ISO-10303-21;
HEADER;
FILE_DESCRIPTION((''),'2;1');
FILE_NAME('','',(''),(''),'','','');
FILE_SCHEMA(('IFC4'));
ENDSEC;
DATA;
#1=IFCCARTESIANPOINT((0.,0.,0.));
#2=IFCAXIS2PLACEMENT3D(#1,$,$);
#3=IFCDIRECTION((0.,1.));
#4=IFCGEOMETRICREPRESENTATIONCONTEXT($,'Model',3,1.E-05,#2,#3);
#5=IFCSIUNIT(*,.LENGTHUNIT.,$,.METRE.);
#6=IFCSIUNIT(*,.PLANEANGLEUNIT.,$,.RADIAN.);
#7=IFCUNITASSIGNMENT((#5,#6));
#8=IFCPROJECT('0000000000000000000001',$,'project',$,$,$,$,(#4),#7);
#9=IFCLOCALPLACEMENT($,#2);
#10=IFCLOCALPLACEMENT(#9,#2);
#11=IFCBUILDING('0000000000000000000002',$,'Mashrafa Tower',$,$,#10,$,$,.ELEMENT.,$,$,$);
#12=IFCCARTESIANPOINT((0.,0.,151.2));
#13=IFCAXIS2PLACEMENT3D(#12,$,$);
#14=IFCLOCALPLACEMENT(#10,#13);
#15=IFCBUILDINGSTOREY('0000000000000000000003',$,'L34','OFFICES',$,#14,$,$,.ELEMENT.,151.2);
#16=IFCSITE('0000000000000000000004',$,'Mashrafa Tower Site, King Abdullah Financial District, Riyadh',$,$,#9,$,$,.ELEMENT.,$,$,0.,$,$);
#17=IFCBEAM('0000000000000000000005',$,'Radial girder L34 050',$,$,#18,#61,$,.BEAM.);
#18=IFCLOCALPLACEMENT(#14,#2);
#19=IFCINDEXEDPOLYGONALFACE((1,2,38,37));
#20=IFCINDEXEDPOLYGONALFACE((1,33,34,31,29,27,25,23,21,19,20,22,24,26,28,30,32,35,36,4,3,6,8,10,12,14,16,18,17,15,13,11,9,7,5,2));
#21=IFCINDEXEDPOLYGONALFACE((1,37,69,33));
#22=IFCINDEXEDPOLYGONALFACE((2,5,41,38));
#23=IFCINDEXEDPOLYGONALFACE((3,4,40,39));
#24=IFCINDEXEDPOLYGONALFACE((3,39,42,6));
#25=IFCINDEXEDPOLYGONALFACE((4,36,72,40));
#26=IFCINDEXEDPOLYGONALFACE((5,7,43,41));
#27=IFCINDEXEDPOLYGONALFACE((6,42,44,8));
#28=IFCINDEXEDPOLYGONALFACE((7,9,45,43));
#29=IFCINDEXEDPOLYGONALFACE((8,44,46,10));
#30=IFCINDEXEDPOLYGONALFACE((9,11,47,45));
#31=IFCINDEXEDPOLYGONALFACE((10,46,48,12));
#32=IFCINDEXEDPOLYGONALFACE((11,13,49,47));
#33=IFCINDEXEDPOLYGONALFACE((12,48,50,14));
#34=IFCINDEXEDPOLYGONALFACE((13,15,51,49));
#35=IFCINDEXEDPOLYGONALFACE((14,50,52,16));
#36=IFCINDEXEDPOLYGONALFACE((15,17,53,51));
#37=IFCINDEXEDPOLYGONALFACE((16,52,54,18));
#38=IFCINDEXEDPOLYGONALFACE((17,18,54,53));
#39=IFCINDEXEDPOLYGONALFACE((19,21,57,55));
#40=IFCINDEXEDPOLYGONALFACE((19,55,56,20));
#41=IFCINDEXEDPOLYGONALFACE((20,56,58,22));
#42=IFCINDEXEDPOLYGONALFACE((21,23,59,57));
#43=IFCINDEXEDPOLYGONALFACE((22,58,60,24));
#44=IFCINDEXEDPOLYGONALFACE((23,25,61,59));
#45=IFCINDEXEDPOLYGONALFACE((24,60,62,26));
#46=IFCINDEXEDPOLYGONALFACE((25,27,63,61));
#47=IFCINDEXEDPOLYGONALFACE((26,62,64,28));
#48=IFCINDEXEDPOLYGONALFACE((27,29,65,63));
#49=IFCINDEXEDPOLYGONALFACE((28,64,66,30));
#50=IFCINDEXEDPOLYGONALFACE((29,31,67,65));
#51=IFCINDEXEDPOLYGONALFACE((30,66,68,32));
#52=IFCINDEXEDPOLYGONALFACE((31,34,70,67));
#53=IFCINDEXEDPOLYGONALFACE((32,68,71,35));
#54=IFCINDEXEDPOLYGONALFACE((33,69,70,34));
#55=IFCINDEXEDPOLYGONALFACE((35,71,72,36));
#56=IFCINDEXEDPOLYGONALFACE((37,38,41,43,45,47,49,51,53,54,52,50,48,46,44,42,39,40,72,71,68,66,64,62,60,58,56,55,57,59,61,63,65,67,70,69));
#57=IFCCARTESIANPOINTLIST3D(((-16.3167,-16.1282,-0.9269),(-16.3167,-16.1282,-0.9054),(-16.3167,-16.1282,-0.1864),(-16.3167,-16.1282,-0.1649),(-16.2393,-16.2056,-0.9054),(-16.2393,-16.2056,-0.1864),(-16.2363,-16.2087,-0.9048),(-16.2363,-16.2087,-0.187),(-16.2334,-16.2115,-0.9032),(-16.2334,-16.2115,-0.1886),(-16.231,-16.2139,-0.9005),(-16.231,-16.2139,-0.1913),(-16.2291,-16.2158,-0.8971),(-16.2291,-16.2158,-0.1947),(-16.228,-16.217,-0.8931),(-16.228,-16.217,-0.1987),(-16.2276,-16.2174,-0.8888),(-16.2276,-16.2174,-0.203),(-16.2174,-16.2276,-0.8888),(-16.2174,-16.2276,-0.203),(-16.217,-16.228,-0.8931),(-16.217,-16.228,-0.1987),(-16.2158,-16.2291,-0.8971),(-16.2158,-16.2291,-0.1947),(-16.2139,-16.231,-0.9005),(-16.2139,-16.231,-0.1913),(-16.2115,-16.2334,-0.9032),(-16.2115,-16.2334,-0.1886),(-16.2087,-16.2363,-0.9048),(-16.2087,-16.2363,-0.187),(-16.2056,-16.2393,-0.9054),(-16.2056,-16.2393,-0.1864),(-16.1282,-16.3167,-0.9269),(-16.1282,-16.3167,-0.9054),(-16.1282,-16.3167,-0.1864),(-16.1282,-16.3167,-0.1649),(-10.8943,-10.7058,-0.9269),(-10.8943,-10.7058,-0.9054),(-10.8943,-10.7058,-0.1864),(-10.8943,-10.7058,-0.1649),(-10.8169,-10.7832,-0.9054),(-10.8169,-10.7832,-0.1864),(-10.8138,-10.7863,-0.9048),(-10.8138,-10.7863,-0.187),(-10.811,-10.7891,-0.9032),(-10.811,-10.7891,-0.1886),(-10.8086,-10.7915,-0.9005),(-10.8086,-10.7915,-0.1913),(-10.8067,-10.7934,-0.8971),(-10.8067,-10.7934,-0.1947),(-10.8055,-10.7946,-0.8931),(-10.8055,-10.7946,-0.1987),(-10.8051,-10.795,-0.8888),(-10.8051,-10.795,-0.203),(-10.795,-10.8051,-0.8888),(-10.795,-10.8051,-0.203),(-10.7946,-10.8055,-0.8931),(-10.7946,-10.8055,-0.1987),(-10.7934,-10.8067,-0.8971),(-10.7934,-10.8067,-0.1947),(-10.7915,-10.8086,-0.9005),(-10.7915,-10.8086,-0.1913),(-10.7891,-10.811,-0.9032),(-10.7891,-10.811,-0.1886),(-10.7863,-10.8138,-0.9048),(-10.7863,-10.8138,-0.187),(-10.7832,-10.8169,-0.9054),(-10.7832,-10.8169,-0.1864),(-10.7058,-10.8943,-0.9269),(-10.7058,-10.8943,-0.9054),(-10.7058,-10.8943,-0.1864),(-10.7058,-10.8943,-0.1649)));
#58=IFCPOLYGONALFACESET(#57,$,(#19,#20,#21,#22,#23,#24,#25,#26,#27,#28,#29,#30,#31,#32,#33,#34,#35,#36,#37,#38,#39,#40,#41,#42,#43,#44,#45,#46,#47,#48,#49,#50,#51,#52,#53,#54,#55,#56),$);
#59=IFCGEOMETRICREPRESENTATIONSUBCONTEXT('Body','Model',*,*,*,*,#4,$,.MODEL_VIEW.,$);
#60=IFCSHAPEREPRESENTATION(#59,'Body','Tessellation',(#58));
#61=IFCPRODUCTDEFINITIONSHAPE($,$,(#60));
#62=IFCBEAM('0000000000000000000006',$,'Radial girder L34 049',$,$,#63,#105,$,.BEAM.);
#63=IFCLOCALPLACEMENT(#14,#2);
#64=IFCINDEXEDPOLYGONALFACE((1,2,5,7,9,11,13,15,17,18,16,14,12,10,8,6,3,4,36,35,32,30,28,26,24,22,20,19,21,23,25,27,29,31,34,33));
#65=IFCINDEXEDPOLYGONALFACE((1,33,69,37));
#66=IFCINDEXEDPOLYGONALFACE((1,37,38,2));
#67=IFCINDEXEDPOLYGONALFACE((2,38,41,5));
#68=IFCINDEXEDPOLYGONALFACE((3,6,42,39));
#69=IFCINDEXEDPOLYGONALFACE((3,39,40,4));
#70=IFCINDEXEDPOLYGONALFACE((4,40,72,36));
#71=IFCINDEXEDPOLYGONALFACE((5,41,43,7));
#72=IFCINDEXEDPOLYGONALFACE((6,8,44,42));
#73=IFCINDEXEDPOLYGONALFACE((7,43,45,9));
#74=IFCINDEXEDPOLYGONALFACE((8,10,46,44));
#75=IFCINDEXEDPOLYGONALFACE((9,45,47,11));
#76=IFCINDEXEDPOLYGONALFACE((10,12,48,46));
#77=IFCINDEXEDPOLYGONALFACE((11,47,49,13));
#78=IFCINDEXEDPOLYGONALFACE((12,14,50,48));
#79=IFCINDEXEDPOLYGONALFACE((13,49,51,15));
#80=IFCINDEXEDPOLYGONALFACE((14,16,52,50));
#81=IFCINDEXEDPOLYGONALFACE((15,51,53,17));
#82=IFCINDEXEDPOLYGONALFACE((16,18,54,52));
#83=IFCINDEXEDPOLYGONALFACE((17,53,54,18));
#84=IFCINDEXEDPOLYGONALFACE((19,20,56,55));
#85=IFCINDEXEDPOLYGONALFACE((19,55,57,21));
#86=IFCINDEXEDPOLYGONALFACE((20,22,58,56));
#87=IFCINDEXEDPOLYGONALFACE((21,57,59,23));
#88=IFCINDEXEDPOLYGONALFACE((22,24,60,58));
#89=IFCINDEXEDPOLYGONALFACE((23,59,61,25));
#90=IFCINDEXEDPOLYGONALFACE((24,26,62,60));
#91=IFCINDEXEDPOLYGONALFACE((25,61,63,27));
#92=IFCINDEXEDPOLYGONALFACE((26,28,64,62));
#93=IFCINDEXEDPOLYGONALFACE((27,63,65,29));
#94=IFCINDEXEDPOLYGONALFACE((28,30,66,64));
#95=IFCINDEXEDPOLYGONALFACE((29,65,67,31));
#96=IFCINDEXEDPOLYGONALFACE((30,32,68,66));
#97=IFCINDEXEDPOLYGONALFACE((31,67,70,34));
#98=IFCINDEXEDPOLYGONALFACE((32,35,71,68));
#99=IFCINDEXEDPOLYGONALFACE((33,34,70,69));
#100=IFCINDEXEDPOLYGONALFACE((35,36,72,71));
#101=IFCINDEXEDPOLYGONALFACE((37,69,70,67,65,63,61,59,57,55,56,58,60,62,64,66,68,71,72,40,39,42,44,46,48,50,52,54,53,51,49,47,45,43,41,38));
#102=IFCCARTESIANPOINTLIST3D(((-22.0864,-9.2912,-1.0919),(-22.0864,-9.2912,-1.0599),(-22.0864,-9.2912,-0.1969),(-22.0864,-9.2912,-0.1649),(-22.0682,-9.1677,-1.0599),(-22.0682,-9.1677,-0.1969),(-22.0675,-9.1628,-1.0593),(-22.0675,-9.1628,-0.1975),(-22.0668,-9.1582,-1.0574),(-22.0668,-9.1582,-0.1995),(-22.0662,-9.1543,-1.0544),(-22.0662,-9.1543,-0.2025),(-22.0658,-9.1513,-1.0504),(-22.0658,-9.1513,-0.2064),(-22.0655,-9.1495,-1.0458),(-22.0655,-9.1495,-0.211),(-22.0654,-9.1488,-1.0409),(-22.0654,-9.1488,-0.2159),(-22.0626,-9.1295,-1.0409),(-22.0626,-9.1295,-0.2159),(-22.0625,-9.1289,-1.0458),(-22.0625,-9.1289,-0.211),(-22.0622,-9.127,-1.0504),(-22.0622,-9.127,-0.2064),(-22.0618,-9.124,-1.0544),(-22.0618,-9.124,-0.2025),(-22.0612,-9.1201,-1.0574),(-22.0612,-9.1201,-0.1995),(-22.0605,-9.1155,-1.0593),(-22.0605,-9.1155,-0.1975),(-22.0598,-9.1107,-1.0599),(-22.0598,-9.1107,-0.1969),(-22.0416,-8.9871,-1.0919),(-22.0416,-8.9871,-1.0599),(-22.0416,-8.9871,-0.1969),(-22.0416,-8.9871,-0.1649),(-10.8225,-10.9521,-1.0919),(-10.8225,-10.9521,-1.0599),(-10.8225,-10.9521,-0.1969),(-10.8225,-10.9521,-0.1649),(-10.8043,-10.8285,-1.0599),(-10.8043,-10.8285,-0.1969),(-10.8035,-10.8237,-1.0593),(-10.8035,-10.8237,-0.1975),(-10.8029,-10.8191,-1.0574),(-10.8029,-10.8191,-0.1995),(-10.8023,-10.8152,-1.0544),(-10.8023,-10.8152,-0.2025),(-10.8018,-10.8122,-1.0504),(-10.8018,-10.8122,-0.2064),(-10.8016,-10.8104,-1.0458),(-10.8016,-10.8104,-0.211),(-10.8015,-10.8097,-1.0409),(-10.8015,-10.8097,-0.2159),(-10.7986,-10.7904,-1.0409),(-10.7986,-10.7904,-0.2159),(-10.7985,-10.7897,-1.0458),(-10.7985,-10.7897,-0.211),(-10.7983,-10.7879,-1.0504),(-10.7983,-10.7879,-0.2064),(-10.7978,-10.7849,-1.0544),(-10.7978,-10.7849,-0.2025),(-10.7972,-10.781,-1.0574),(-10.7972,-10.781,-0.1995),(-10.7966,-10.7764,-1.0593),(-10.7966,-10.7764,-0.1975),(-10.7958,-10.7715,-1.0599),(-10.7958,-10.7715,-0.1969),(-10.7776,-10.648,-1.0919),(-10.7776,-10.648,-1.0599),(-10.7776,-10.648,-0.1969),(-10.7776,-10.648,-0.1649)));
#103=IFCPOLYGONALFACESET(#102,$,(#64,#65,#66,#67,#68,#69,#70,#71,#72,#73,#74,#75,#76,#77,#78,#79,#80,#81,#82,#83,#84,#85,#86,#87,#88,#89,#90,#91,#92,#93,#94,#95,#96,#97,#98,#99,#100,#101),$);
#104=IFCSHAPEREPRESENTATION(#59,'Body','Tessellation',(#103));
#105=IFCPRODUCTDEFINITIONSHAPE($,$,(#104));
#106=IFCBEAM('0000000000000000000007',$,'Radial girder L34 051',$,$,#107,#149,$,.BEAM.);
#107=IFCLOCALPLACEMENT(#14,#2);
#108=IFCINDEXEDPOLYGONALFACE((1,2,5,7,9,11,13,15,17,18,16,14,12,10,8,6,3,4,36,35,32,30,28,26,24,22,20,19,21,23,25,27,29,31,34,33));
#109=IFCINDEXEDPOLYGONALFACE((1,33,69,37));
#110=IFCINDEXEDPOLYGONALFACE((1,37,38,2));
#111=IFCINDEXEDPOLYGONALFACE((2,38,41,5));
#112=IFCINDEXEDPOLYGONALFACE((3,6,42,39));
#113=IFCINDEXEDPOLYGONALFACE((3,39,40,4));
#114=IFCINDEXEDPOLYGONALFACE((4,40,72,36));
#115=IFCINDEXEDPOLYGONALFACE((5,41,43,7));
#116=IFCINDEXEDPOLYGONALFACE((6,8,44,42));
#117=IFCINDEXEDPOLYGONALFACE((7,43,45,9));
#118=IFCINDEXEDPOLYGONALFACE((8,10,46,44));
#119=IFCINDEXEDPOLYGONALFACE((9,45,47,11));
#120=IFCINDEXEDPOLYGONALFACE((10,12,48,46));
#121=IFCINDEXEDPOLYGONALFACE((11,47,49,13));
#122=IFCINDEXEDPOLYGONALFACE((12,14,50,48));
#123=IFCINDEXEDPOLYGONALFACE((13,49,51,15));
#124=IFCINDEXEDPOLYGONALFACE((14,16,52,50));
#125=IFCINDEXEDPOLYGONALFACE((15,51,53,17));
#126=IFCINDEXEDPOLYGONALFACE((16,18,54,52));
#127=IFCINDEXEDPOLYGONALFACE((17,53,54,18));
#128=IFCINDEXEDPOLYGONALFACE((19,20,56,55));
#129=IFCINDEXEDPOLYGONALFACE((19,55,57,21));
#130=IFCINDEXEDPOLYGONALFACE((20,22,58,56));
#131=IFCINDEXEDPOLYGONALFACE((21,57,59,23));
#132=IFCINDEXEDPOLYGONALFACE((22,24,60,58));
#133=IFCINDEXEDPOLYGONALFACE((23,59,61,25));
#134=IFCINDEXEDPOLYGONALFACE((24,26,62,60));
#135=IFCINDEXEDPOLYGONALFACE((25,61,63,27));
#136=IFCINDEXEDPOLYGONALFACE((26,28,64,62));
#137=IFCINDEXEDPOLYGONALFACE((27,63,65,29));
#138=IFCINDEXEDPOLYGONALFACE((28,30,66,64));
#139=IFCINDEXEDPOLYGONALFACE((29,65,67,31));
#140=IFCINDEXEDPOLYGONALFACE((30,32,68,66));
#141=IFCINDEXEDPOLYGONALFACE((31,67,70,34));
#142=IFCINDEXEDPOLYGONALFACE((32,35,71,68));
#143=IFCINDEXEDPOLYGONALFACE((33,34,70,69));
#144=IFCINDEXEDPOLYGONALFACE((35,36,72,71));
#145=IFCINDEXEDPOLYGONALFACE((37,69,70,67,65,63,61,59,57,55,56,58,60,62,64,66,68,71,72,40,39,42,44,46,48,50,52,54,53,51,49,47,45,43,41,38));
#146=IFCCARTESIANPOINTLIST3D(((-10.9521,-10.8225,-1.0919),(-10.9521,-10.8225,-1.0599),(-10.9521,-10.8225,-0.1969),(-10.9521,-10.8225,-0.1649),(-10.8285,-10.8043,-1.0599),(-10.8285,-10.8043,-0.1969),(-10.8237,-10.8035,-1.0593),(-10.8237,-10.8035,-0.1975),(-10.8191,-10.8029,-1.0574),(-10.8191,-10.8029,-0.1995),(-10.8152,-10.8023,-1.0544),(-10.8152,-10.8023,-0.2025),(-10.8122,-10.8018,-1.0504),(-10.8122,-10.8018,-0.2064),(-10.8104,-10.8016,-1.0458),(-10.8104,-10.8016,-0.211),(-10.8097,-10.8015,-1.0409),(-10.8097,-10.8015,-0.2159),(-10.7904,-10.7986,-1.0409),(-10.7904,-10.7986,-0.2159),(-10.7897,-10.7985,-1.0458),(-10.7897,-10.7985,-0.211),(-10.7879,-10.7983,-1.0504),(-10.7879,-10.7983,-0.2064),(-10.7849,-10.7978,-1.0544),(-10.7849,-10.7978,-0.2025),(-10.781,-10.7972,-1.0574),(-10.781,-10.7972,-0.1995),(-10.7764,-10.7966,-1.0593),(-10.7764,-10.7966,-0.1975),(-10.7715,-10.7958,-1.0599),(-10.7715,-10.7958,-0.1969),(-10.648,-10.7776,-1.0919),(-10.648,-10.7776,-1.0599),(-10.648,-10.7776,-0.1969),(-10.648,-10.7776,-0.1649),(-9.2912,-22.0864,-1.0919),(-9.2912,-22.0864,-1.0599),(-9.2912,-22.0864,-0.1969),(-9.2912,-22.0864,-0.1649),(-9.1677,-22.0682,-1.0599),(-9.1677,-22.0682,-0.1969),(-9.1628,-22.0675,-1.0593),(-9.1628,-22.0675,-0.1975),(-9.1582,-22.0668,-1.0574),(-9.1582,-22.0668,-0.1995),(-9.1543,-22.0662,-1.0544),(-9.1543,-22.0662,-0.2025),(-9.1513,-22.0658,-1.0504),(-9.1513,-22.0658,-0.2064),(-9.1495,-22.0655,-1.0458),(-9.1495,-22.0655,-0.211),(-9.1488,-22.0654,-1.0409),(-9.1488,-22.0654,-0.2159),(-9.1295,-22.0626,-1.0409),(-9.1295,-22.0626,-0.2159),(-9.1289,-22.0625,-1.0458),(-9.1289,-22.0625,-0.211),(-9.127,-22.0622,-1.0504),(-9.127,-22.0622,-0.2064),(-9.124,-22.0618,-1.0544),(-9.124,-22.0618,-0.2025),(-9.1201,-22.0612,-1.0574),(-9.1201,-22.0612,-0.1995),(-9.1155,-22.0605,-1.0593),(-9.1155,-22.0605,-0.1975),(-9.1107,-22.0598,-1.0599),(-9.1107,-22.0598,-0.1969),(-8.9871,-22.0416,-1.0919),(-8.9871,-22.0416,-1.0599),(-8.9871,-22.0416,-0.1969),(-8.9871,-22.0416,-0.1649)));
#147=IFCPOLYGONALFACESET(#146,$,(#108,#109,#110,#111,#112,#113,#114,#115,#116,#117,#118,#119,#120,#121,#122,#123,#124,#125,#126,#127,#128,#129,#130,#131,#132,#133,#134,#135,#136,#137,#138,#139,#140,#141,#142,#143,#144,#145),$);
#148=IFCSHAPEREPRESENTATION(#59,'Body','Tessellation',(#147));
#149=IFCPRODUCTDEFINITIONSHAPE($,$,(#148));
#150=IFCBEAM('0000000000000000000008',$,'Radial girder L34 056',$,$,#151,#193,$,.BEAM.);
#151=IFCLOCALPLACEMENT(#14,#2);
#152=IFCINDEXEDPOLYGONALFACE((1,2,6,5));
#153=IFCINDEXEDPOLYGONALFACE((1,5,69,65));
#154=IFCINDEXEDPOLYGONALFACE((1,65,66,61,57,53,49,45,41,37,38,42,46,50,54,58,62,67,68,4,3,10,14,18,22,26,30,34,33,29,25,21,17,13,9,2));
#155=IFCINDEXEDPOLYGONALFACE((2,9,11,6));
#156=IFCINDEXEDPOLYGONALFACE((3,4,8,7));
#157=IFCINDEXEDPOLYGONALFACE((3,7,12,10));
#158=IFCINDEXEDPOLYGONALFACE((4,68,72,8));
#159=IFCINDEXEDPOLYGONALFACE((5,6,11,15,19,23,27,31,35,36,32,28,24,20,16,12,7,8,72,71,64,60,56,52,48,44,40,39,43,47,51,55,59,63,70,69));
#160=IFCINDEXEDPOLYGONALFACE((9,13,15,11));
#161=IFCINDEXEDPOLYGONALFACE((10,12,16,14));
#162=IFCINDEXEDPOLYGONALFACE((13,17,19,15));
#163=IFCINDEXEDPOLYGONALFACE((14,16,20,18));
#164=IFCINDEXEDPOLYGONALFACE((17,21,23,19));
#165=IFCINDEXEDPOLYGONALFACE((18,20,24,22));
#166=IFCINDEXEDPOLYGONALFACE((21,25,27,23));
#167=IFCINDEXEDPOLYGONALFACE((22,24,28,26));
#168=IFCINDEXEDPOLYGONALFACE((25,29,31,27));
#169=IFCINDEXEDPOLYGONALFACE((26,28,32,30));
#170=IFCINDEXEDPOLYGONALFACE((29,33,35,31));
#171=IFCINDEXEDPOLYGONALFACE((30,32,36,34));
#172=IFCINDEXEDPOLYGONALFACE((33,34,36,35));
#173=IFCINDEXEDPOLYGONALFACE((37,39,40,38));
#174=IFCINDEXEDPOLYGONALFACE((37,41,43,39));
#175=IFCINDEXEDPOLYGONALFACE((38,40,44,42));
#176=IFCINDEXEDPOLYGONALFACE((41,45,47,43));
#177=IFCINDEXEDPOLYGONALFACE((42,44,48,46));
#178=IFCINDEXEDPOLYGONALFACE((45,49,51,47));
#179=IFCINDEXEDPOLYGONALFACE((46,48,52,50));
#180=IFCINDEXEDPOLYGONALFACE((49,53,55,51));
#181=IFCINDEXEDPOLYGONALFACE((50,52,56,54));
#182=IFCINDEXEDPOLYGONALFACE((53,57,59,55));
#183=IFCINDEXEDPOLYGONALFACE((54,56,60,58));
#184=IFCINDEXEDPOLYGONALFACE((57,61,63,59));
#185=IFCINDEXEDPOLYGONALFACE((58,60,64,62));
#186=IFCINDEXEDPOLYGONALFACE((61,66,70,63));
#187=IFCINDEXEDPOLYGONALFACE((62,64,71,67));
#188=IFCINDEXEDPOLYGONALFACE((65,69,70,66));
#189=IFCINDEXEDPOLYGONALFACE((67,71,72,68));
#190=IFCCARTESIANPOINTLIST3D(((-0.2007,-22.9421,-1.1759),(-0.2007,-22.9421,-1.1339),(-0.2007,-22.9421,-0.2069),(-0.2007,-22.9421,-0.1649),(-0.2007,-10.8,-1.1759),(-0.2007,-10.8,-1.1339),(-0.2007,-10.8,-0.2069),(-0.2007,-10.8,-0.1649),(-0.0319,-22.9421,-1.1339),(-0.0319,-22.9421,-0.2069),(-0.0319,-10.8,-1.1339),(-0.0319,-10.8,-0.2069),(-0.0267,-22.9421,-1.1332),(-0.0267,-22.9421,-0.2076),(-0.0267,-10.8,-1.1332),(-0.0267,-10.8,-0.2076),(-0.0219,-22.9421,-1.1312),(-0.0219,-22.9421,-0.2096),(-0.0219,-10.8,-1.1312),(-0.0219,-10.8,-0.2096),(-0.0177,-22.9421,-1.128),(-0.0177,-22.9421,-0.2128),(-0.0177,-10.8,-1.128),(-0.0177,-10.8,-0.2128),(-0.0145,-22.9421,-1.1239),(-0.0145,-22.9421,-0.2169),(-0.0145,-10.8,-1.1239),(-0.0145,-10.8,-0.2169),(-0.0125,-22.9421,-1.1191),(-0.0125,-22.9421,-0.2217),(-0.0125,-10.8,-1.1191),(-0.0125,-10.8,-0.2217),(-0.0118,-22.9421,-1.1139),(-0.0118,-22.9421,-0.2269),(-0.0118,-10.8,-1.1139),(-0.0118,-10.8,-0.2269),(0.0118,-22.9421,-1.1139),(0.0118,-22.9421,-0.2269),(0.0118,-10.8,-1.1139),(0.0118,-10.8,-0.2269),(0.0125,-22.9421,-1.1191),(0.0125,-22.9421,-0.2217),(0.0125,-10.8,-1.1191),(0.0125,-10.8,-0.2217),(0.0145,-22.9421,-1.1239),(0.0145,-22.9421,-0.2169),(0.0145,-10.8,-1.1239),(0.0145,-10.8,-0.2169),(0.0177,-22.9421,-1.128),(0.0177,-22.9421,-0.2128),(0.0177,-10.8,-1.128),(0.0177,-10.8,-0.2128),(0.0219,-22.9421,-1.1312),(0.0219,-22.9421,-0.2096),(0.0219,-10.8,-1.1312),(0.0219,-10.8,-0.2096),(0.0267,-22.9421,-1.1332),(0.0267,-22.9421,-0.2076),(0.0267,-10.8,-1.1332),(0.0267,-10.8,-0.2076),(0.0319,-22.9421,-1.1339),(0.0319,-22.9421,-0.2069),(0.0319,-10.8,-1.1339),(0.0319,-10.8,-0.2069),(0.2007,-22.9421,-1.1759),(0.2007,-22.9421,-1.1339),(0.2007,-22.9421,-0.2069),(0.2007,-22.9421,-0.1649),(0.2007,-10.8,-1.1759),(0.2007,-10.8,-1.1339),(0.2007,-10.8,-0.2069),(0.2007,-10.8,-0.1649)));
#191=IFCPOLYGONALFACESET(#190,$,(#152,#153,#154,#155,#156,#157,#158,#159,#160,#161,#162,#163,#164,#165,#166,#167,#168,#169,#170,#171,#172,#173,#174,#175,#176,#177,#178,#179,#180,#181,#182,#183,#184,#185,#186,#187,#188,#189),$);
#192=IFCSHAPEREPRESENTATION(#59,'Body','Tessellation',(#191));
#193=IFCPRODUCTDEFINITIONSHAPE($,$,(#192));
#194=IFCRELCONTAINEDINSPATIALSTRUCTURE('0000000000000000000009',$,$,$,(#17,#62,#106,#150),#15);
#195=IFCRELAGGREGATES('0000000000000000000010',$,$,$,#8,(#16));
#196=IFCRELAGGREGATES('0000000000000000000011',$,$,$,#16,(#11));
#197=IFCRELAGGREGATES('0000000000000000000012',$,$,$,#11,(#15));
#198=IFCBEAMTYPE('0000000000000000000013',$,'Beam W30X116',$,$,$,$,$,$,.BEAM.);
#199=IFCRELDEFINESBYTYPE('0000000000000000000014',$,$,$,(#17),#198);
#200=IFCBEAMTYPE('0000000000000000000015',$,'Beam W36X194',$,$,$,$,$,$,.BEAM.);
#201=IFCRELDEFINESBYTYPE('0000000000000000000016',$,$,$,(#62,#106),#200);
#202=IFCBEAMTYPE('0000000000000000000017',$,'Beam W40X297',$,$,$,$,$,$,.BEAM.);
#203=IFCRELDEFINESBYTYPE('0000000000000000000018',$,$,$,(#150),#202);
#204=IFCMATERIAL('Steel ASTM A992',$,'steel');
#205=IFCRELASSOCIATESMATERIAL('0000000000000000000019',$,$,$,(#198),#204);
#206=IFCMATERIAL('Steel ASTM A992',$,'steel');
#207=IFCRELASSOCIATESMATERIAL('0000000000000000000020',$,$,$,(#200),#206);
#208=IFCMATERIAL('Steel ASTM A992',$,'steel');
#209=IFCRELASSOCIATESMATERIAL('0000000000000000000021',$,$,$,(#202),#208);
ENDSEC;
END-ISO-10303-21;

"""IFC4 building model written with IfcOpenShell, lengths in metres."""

from ifc_helpers import new_model, si_unit, direction, frame, origin, origin_2d, place, context, subcontext, project, spatial, i_section, extrude, material, material_profile, profile_set, type_object, element, save


model = new_model("IFC4")

# Units and contexts
model_context = context("Model", 3, precision=1e-05, world=origin(), true_north=direction((0.0, 1.0)))
body_context = subcontext(model_context, "Body", "Model", "MODEL_VIEW")
ifc_project = project(units=[si_unit("LENGTHUNIT", "METRE"), si_unit("PLANEANGLEUNIT", "RADIAN")], contexts=[model_context])

# Site, building, storey
site_placement = place(None, origin())
site = spatial("IfcSite", under=ifc_project, at=site_placement, Name="Mashrafa Tower Site, King Abdullah Financial District, Riyadh", CompositionType="ELEMENT", RefElevation=0.0)
building_placement = place(site_placement, origin())
building = spatial("IfcBuilding", under=site, at=building_placement, Name="Mashrafa Tower", CompositionType="ELEMENT")
storey_placement = place(building_placement, frame((0.0, 0.0, 151.2)))
storey = spatial("IfcBuildingStorey", under=building, at=storey_placement, Name="L34", Description="OFFICES", CompositionType="ELEMENT", Elevation=151.2)

# Beams
ifc_material_1 = material(Name="Steel ASTM A992", Category="steel")
ifc_material_profile_1 = material_profile(ifc_material_1, i_section(OverallWidth=0.2666, OverallDepth=0.762, WebThickness=0.0144, FlangeThickness=0.0215, FilletRadius=0.0166, at=origin_2d()), Name="W30X116")
ifc_profile_set_1 = profile_set([ifc_material_profile_1], Name="Steel ASTM A992")
beam_type_1 = type_object("IfcBeamType", Name="Beam W30X116", PredefinedType="BEAM", material=ifc_profile_set_1)
beam_1_placement = place(storey_placement, frame((-10.8, -10.8, -0.5459), z_axis=(-0.707107, -0.707107, 0.0), x_axis=(0.707107, -0.707107, 0.0)))
element("IfcBeam", 1, at=beam_1_placement, inside=storey, type_object=beam_type_1, Name="Radial girder L34 050", PredefinedType="BEAM", context=body_context, shape_type="SweptSolid", body=[
    extrude(i_section(OverallWidth=0.2666, OverallDepth=0.762, WebThickness=0.0144, FlangeThickness=0.0215, FilletRadius=0.0166, at=origin_2d()), origin(), (0.0, 0.0, 1.0), 7.6685),
])
ifc_material_2 = material(Name="Steel ASTM A992", Category="steel")
ifc_material_profile_2 = material_profile(ifc_material_2, i_section(OverallWidth=0.3074, OverallDepth=0.927, WebThickness=0.0195, FlangeThickness=0.032, FilletRadius=0.019, at=origin_2d()), Name="W36X194")
ifc_profile_set_2 = profile_set([ifc_material_profile_2], Name="Steel ASTM A992")
beam_type_2 = type_object("IfcBeamType", Name="Beam W36X194", PredefinedType="BEAM", material=ifc_profile_set_2)
for number, where, z_axis, x_axis, name in (
    (2, (-10.8, -10.8, -0.6284), (-0.989303, 0.145875, 0.0), (-0.145875, -0.989303, 0.0), "Radial girder L34 049"),
    (3, (-10.8, -10.8, -0.6284), (0.145875, -0.989303, 0.0), (0.989303, 0.145875, 0.0), "Radial girder L34 051"),
):
    element("IfcBeam", number, at=place(storey_placement, frame(where, z_axis=z_axis, x_axis=x_axis)), inside=storey, type_object=beam_type_2, Name=name, PredefinedType="BEAM", context=body_context, shape_type="SweptSolid", body=[
        extrude(i_section(OverallWidth=0.3074, OverallDepth=0.927, WebThickness=0.0195, FlangeThickness=0.032, FilletRadius=0.019, at=origin_2d()), origin(), (0.0, 0.0, 1.0), 11.3857),
    ])
ifc_material_3 = material(Name="Steel ASTM A992", Category="steel")
ifc_material_profile_3 = material_profile(ifc_material_3, i_section(OverallWidth=0.4014, OverallDepth=1.011, WebThickness=0.0237, FlangeThickness=0.042, FilletRadius=0.02, at=origin_2d()), Name="W40X297")
ifc_profile_set_3 = profile_set([ifc_material_profile_3], Name="Steel ASTM A992")
beam_type_3 = type_object("IfcBeamType", Name="Beam W40X297", PredefinedType="BEAM", material=ifc_profile_set_3)
beam_2_placement = place(storey_placement, frame((0.0, -10.8, -0.6704), z_axis=(0.0, -1.0, 0.0), x_axis=(1.0, 0.0, 0.0)))
element("IfcBeam", 4, at=beam_2_placement, inside=storey, type_object=beam_type_3, Name="Radial girder L34 056", PredefinedType="BEAM", context=body_context, shape_type="SweptSolid", body=[
    extrude(i_section(OverallWidth=0.4014, OverallDepth=1.011, WebThickness=0.0237, FlangeThickness=0.042, FilletRadius=0.02, at=origin_2d()), origin(), (0.0, 0.0, 1.0), 12.1421),
])

save(model, "model.ifc")
